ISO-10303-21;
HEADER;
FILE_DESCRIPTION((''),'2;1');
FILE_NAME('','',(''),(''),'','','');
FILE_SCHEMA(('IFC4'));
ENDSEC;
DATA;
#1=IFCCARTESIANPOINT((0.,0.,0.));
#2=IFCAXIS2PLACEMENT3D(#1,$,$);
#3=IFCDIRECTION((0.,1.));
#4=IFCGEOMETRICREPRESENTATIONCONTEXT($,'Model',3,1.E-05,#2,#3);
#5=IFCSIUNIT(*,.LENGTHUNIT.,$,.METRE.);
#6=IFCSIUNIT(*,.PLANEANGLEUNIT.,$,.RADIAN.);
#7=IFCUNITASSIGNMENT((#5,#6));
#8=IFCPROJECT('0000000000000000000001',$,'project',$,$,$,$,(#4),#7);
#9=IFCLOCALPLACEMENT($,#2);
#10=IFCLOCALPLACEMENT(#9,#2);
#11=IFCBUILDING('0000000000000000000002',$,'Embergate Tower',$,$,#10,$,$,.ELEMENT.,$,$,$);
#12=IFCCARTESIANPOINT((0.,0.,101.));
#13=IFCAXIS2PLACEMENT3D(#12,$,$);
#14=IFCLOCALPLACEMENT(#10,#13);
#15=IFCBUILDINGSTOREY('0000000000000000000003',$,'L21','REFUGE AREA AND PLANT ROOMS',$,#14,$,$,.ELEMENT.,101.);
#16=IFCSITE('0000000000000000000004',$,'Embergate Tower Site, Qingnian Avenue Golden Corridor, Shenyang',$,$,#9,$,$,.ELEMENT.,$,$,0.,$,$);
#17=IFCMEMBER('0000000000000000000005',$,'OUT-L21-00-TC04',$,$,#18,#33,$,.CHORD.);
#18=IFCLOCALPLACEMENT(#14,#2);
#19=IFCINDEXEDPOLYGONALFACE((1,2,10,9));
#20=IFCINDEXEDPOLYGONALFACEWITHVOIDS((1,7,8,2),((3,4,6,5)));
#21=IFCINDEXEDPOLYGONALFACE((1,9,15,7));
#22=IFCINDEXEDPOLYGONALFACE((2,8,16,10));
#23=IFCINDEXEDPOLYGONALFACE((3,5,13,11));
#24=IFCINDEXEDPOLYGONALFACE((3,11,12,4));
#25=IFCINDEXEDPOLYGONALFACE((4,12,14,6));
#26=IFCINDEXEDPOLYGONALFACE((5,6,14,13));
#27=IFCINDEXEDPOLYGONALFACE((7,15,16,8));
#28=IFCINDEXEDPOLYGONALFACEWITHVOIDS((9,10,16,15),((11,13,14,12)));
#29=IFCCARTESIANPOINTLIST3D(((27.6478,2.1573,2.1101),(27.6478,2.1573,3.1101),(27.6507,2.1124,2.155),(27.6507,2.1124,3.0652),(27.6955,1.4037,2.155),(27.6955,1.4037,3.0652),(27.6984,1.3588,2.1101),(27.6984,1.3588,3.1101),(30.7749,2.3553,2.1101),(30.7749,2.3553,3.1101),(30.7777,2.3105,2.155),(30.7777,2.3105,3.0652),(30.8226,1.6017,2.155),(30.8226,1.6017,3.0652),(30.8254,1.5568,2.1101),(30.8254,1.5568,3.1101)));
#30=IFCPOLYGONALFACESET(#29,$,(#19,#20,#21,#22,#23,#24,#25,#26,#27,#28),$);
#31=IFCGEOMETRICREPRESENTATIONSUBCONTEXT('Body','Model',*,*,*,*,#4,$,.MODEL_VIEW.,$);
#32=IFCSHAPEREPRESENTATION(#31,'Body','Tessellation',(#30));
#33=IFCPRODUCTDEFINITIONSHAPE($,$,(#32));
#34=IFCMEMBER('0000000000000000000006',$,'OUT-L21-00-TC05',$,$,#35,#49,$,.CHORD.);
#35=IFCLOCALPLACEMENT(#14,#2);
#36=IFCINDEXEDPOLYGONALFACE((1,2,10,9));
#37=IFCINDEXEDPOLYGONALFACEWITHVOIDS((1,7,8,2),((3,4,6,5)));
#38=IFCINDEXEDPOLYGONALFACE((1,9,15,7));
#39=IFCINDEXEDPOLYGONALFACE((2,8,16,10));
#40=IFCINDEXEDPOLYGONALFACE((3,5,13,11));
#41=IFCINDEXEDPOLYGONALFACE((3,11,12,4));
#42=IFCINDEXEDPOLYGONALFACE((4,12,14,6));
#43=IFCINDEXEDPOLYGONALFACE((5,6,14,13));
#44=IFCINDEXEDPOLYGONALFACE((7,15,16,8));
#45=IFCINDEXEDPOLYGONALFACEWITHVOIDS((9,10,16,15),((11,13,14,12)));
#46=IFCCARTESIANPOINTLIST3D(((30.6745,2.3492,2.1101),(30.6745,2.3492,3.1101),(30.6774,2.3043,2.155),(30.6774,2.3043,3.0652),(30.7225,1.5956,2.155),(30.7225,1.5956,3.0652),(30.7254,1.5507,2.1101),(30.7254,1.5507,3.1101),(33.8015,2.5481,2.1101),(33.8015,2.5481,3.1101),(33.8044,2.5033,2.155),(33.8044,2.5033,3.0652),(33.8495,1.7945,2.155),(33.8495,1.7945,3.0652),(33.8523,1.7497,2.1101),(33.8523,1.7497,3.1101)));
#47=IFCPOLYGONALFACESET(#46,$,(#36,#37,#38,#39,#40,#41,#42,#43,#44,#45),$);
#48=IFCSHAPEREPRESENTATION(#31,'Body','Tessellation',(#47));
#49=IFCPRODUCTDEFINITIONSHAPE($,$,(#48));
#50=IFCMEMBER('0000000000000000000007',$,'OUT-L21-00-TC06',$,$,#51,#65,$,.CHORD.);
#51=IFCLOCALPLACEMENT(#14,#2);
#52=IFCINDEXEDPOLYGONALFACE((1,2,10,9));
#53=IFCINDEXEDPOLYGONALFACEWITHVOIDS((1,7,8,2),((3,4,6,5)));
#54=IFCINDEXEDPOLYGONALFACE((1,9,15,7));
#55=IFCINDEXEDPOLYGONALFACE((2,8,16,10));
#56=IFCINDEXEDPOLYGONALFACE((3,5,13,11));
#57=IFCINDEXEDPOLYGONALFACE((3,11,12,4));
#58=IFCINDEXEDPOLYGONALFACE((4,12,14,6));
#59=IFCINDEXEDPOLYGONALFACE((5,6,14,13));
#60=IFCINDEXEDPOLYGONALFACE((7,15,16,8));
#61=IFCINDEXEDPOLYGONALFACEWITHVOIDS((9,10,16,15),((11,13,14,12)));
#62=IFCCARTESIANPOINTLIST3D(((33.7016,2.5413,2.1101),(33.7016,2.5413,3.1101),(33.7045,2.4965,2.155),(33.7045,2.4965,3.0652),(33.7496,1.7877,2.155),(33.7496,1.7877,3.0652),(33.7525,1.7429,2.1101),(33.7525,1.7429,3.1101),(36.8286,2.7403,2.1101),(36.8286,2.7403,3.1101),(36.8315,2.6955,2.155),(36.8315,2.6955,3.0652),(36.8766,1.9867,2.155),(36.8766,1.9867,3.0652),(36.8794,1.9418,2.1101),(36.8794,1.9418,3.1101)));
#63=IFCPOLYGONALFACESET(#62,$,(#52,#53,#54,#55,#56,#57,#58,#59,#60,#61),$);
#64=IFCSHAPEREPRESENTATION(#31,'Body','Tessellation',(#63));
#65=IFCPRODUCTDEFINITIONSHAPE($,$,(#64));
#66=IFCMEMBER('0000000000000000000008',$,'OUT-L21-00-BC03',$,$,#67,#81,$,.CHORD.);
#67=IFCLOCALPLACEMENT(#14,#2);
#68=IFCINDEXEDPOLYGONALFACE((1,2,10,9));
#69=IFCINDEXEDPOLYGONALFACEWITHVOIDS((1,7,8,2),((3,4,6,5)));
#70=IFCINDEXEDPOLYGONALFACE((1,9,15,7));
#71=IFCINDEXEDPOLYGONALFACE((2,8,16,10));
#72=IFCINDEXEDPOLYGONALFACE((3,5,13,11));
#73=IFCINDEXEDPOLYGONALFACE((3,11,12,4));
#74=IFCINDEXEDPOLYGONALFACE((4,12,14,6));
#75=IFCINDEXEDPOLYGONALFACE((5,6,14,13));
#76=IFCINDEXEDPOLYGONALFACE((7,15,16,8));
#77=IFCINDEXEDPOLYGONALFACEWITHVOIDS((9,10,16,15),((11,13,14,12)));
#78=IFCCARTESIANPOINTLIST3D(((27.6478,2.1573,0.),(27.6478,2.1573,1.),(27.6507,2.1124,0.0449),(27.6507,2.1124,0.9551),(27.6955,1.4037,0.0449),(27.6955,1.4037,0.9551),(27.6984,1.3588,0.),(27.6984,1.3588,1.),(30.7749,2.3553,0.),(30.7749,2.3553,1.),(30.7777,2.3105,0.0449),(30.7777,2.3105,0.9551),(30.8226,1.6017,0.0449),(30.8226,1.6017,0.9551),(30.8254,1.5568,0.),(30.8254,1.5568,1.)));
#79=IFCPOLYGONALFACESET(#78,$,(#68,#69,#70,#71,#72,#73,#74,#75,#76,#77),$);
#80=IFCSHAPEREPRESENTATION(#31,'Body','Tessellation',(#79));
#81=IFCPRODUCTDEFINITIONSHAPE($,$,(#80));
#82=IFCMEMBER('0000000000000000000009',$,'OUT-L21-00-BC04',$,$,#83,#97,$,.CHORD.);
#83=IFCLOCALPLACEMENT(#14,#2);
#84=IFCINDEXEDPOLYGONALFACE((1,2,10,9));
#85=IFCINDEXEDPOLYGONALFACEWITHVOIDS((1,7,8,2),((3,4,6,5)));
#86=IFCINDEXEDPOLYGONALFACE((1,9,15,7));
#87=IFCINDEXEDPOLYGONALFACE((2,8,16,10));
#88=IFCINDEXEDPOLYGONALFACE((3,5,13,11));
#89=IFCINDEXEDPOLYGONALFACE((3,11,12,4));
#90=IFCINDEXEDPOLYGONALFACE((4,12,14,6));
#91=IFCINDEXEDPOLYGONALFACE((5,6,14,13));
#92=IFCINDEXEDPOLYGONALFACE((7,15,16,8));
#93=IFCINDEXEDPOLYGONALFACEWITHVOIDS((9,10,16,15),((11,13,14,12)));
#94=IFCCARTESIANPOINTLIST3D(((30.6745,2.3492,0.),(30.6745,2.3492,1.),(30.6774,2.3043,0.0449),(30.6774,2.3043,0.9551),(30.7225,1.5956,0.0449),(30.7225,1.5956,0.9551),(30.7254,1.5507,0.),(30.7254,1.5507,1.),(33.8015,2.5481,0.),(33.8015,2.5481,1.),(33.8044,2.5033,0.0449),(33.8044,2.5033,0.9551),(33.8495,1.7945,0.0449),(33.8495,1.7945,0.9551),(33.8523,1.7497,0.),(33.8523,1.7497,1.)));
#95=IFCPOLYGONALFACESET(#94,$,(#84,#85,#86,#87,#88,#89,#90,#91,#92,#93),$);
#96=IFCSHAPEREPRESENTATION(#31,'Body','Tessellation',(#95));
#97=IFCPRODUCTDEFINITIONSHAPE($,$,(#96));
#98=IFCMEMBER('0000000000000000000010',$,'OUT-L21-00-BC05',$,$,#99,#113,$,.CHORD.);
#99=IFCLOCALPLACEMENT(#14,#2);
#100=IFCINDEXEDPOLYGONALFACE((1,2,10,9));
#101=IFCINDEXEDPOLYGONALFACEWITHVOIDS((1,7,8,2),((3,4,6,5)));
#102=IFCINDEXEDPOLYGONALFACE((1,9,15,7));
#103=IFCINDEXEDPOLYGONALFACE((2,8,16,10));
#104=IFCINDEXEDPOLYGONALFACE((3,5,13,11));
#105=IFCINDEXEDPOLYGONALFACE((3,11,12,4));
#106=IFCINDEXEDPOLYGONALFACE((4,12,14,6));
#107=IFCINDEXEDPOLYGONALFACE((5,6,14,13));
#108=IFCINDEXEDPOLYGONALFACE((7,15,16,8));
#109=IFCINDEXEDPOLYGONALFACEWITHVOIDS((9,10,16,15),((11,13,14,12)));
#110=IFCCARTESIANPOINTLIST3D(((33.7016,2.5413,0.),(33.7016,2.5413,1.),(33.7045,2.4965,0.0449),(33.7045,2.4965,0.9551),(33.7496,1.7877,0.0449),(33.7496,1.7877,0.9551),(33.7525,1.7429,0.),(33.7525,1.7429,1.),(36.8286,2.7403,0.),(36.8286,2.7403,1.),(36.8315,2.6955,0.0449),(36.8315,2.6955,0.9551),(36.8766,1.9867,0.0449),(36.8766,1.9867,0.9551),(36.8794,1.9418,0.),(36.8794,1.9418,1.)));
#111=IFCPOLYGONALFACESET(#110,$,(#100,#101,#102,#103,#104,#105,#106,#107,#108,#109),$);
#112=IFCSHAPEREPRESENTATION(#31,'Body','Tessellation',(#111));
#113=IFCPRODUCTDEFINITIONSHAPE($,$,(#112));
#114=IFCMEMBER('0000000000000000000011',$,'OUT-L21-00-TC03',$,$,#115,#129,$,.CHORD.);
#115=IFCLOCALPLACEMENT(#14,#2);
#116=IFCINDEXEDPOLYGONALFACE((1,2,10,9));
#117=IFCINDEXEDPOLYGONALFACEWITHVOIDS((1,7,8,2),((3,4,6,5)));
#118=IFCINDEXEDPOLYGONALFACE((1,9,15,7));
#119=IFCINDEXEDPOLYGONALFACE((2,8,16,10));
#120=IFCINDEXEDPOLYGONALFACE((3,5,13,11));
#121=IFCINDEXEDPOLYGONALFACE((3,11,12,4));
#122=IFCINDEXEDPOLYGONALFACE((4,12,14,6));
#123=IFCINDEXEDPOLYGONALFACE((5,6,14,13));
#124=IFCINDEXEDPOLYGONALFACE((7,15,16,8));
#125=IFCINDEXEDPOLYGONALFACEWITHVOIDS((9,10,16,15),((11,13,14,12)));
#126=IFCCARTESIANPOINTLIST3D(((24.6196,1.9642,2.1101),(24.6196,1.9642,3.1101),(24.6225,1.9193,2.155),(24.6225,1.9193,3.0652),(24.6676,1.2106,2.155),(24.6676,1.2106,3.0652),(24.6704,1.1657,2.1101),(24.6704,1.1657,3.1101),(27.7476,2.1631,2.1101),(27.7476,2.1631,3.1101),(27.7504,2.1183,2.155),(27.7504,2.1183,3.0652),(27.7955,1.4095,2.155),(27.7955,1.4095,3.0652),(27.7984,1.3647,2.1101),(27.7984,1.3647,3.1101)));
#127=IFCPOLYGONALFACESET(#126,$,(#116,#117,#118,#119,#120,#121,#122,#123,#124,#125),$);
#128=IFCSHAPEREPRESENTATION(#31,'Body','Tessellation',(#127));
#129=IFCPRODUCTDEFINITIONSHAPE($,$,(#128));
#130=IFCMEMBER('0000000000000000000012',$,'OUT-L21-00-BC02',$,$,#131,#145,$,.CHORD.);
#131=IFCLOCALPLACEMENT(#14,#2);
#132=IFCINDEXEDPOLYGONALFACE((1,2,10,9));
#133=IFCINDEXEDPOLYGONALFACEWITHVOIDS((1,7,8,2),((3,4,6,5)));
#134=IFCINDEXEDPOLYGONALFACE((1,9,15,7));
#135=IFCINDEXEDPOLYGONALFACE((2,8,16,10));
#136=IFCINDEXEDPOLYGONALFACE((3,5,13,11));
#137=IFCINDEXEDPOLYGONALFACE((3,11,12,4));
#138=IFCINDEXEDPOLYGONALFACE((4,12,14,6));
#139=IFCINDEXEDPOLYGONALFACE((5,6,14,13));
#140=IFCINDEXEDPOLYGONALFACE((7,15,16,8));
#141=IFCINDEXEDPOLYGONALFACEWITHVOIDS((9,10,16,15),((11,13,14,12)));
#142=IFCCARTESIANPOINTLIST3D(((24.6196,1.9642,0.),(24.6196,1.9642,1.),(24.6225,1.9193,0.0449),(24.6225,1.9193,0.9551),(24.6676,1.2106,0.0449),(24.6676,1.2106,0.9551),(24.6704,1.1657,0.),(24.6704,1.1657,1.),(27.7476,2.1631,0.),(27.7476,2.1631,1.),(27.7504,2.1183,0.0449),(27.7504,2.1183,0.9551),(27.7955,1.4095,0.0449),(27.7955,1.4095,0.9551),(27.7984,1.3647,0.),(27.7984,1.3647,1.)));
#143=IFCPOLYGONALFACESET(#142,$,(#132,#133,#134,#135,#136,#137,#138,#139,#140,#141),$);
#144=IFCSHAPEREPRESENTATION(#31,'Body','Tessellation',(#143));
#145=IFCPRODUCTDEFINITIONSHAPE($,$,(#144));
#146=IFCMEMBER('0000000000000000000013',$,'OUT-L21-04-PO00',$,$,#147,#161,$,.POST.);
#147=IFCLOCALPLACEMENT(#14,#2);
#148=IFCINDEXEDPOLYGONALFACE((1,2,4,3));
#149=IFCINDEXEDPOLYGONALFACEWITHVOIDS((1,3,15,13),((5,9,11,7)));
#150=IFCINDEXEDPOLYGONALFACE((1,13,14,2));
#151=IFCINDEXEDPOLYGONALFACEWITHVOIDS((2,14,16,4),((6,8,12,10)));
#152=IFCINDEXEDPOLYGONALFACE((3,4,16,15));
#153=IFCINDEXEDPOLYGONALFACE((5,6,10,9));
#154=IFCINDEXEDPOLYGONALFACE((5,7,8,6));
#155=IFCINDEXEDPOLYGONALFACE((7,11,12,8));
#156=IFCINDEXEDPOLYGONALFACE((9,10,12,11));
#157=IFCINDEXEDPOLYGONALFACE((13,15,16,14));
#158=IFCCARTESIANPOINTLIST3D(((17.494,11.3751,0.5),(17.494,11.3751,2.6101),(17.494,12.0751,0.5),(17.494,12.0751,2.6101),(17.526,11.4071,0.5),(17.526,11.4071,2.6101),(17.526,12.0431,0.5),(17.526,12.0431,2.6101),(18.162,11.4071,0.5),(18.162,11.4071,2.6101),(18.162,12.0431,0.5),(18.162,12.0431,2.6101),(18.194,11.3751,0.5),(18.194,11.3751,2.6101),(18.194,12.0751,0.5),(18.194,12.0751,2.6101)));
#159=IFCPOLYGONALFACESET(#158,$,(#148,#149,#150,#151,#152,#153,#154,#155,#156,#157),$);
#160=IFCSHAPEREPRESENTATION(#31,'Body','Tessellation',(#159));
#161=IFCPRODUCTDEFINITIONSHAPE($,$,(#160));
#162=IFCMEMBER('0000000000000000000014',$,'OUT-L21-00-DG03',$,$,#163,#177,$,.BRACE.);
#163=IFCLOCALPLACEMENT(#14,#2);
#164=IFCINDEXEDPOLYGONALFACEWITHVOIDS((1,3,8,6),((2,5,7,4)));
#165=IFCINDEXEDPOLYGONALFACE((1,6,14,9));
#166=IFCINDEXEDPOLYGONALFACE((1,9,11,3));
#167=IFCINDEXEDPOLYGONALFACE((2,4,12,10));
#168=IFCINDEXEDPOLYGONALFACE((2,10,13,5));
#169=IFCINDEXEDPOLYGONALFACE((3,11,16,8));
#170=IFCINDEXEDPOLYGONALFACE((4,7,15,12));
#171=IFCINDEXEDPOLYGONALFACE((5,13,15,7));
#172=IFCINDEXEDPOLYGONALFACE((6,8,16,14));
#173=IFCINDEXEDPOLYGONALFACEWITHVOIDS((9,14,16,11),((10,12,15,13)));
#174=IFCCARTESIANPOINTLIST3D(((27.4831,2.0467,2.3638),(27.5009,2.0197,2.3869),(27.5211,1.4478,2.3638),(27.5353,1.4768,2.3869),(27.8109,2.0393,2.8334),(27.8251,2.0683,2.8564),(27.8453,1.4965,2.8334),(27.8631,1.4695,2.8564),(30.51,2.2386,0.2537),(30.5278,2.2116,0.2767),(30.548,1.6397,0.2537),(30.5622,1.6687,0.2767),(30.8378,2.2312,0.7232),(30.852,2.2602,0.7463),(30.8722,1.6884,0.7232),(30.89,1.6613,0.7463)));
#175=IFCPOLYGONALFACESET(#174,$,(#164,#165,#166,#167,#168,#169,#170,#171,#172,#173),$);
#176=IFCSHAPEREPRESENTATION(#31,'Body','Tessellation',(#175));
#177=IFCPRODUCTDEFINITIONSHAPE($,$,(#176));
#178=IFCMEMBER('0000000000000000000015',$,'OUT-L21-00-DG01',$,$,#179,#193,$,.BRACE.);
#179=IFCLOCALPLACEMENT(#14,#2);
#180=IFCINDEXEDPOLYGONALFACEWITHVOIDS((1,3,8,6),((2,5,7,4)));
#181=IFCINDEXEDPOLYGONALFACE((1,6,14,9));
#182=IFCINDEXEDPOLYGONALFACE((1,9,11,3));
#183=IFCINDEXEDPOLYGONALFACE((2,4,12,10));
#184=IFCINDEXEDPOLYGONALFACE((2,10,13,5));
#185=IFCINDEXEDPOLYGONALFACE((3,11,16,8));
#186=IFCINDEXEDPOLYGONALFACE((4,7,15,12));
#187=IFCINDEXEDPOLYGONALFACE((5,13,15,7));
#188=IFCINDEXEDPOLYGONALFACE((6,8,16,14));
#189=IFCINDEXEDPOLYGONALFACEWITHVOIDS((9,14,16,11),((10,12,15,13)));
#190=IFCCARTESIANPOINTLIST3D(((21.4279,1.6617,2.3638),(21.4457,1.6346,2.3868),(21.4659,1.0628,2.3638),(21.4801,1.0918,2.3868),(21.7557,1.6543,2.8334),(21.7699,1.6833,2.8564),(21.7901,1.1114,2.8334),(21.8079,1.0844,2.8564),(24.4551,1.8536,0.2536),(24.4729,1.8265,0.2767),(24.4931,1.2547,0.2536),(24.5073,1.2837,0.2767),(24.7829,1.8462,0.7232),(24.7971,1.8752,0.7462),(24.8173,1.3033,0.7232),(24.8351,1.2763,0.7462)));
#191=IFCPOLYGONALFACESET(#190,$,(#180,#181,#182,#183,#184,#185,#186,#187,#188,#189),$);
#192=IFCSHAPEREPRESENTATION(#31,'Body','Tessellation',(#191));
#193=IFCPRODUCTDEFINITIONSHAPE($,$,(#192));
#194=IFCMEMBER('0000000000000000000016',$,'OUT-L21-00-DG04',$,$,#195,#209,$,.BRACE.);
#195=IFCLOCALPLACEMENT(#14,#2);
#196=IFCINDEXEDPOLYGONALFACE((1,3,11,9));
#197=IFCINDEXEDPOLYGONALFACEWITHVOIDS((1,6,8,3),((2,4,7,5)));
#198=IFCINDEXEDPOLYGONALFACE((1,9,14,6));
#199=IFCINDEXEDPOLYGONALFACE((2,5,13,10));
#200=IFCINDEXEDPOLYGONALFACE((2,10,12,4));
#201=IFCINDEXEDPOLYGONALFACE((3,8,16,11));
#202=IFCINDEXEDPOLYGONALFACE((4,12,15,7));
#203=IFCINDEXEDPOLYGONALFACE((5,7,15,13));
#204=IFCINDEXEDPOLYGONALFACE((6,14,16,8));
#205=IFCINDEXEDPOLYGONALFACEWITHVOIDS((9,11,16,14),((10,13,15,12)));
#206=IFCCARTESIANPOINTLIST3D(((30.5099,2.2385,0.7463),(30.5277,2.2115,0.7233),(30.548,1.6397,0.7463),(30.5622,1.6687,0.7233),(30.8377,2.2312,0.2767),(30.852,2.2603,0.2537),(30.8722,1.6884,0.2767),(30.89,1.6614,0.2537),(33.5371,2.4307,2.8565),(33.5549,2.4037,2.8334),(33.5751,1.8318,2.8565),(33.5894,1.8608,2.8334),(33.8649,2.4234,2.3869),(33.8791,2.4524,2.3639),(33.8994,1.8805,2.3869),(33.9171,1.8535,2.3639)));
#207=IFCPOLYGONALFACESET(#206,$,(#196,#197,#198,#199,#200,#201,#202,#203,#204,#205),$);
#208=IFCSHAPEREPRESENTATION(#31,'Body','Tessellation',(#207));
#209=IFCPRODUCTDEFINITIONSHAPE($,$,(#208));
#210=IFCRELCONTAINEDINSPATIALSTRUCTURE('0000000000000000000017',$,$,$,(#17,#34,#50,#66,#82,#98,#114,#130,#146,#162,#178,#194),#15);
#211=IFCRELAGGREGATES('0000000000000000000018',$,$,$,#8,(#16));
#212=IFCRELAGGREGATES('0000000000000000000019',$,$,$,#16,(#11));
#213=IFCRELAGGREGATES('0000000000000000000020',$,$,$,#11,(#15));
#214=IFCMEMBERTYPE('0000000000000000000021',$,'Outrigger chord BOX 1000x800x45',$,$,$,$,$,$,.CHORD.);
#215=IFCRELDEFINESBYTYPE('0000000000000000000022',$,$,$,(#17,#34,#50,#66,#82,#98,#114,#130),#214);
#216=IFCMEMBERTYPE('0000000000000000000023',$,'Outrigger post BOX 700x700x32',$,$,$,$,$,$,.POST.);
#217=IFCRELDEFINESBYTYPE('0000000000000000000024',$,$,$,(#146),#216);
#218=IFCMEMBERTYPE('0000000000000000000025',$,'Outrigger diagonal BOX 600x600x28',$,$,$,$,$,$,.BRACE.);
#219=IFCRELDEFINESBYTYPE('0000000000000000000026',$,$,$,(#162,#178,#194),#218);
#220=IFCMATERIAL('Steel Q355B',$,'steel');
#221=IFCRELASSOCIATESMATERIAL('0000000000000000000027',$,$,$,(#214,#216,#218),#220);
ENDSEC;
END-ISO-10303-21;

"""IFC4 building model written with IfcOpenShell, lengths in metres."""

from ifc_helpers import new_model, si_unit, direction, frame, origin, origin_2d, place, context, subcontext, project, spatial, hollow_rectangle, extrude, source, transform, mapped, material, material_profile, profile_set, type_object, element, save


model = new_model("IFC4")

# Units and contexts
model_context = context("Model", 3, precision=1e-05, world=origin(), true_north=direction((0.0, 1.0)))
body_context = subcontext(model_context, "Body", "Model", "MODEL_VIEW")
ifc_project = project(units=[si_unit("LENGTHUNIT", "METRE"), si_unit("PLANEANGLEUNIT", "RADIAN")], contexts=[model_context])

# Site, building, storey
site_placement = place(None, origin())
site = spatial("IfcSite", under=ifc_project, at=site_placement, Name="Embergate Tower Site, Qingnian Avenue Golden Corridor, Shenyang", CompositionType="ELEMENT", RefElevation=0.0)
building_placement = place(site_placement, origin())
building = spatial("IfcBuilding", under=site, at=building_placement, Name="Embergate Tower", CompositionType="ELEMENT")
storey_placement = place(building_placement, frame((0.0, 0.0, 101.0)))
storey = spatial("IfcBuildingStorey", under=building, at=storey_placement, Name="L21", Description="REFUGE AREA AND PLANT ROOMS", CompositionType="ELEMENT", Elevation=101.0)

# Members
ifc_material_1 = material(Name="Steel Q355B", Category="steel")
ifc_material_profile_1 = material_profile(ifc_material_1, hollow_rectangle(XDim=0.8, YDim=1.0, WallThickness=0.0449, at=origin_2d()), Name="BOX 1000x800x45")
ifc_profile_set_1 = profile_set([ifc_material_profile_1], Name="Steel Q355 grade B")
member_type_1 = type_object("IfcMemberType", Name="Outrigger chord BOX 1000x800x45", PredefinedType="CHORD", material=ifc_profile_set_1)
shared_shape_1 = source(origin(), body_context, "Body", "SweptSolid", [
    extrude(hollow_rectangle(XDim=0.8, YDim=1.0, WallThickness=0.0449, at=origin_2d()), origin(), (0.0, 0.0, 1.0), 3.1333),
])
for number, where, z_axis, x_axis, name in (
    (1, (27.6731, 1.7581, 2.6101), (0.998001, 0.063193, 0.0), (-0.063193, 0.998001, 0.0), "OUT-L21-00-TC04"),
    (2, (30.7, 1.95, 2.6101), (0.997982, 0.063504, 0.0), (-0.063504, 0.997982, 0.0), "OUT-L21-00-TC05"),
    (3, (33.7271, 2.1421, 2.6101), (0.997982, 0.063504, 0.0), (-0.063504, 0.997982, 0.0), "OUT-L21-00-TC06"),
    (4, (27.6731, 1.7581, 0.5), (0.998001, 0.063193, 0.0), (-0.063193, 0.998001, 0.0), "OUT-L21-00-BC03"),
    (5, (30.7, 1.95, 0.5), (0.997982, 0.063504, 0.0), (-0.063504, 0.997982, 0.0), "OUT-L21-00-BC04"),
    (6, (33.7271, 2.1421, 0.5), (0.997982, 0.063504, 0.0), (-0.063504, 0.997982, 0.0), "OUT-L21-00-BC05"),
):
    element("IfcMember", number, at=place(storey_placement, frame(where, z_axis=z_axis, x_axis=x_axis)), inside=storey, type_object=member_type_1, Name=name, PredefinedType="CHORD", context=body_context, shape_type="MappedRepresentation", body=[
        mapped(shared_shape_1, transform((0.0, 0.0, 0.0))),
    ])
shared_shape_2 = source(origin(), body_context, "Body", "SweptSolid", [
    extrude(hollow_rectangle(XDim=0.8, YDim=1.0, WallThickness=0.0449, at=origin_2d()), origin(), (0.0, 0.0, 1.0), 3.1343),
])
for number, where, z_axis, x_axis, name in (
    (7, (24.645, 1.5649, 2.6101), (0.997983, 0.063484, 0.0), (-0.063484, 0.997983, 0.0), "OUT-L21-00-TC03"),
    (8, (24.645, 1.5649, 0.5), (0.997983, 0.063484, 0.0), (-0.063484, 0.997983, 0.0), "OUT-L21-00-BC02"),
):
    element("IfcMember", number, at=place(storey_placement, frame(where, z_axis=z_axis, x_axis=x_axis)), inside=storey, type_object=member_type_1, Name=name, PredefinedType="CHORD", context=body_context, shape_type="MappedRepresentation", body=[
        mapped(shared_shape_2, transform((0.0, 0.0, 0.0))),
    ])
ifc_material_profile_2 = material_profile(ifc_material_1, hollow_rectangle(XDim=0.7, YDim=0.7, WallThickness=0.032, at=origin_2d()), Name="BOX 700x700x32")
ifc_profile_set_2 = profile_set([ifc_material_profile_2], Name="Steel Q355 grade B")
member_type_2 = type_object("IfcMemberType", Name="Outrigger post BOX 700x700x32", PredefinedType="POST", material=ifc_profile_set_2)
shared_shape_3 = source(origin(), body_context, "Body", "SweptSolid", [
    extrude(hollow_rectangle(XDim=0.7, YDim=0.7, WallThickness=0.032, at=origin_2d()), origin(), (0.0, 0.0, 1.0), 2.1101),
])
member_1_placement = place(storey_placement, frame((17.844, 11.7251, 0.5), z_axis=(0.0, 0.0, 1.0), x_axis=(1.0, 0.0, 0.0)))
element("IfcMember", 9, at=member_1_placement, inside=storey, type_object=member_type_2, Name="OUT-L21-04-PO00", PredefinedType="POST", context=body_context, shape_type="MappedRepresentation", body=[
    mapped(shared_shape_3, transform((0.0, 0.0, 0.0))),
])
ifc_material_profile_3 = material_profile(ifc_material_1, hollow_rectangle(XDim=0.6001, YDim=0.6001, WallThickness=0.0281, at=origin_2d()), Name="BOX 600x600x28")
ifc_profile_set_3 = profile_set([ifc_material_profile_3], Name="Steel Q355 grade B")
member_type_3 = type_object("IfcMemberType", Name="Outrigger diagonal BOX 600x600x28", PredefinedType="BRACE", material=ifc_profile_set_3)
shared_shape_4 = source(origin(), body_context, "Body", "SweptSolid", [
    extrude(hollow_rectangle(XDim=0.6001, YDim=0.6001, WallThickness=0.0281, at=origin_2d()), origin(), (0.0, 0.0, 1.0), 3.6948),
])
member_2_placement = place(storey_placement, frame((27.6731, 1.7581, 2.6101), z_axis=(0.81923, 0.051937, -0.571109), x_axis=(-0.06327, 0.997996, 0.0)))
element("IfcMember", 10, at=member_2_placement, inside=storey, type_object=member_type_3, Name="OUT-L21-00-DG03", PredefinedType="BRACE", context=body_context, shape_type="MappedRepresentation", body=[
    mapped(shared_shape_4, transform((0.0, 0.0, 0.0))),
])
shared_shape_5 = source(origin(), body_context, "Body", "SweptSolid", [
    extrude(hollow_rectangle(XDim=0.6001, YDim=0.6001, WallThickness=0.0281, at=origin_2d()), origin(), (0.0, 0.0, 1.0), 3.6951),
])
for number, where, z_axis, x_axis, name in (
    (11, (21.6179, 1.373, 2.6101), (0.819252, 0.051934, -0.571078), (-0.063265, 0.997997, 0.0), "OUT-L21-00-DG01"),
    (12, (30.7, 1.95, 0.5), (0.819249, 0.052, 0.571076), (-0.063345, 0.997992, 0.0), "OUT-L21-00-DG04"),
):
    element("IfcMember", number, at=place(storey_placement, frame(where, z_axis=z_axis, x_axis=x_axis)), inside=storey, type_object=member_type_3, Name=name, PredefinedType="BRACE", context=body_context, shape_type="MappedRepresentation", body=[
        mapped(shared_shape_5, transform((0.0, 0.0, 0.0))),
    ])

save(model, "model.ifc")
